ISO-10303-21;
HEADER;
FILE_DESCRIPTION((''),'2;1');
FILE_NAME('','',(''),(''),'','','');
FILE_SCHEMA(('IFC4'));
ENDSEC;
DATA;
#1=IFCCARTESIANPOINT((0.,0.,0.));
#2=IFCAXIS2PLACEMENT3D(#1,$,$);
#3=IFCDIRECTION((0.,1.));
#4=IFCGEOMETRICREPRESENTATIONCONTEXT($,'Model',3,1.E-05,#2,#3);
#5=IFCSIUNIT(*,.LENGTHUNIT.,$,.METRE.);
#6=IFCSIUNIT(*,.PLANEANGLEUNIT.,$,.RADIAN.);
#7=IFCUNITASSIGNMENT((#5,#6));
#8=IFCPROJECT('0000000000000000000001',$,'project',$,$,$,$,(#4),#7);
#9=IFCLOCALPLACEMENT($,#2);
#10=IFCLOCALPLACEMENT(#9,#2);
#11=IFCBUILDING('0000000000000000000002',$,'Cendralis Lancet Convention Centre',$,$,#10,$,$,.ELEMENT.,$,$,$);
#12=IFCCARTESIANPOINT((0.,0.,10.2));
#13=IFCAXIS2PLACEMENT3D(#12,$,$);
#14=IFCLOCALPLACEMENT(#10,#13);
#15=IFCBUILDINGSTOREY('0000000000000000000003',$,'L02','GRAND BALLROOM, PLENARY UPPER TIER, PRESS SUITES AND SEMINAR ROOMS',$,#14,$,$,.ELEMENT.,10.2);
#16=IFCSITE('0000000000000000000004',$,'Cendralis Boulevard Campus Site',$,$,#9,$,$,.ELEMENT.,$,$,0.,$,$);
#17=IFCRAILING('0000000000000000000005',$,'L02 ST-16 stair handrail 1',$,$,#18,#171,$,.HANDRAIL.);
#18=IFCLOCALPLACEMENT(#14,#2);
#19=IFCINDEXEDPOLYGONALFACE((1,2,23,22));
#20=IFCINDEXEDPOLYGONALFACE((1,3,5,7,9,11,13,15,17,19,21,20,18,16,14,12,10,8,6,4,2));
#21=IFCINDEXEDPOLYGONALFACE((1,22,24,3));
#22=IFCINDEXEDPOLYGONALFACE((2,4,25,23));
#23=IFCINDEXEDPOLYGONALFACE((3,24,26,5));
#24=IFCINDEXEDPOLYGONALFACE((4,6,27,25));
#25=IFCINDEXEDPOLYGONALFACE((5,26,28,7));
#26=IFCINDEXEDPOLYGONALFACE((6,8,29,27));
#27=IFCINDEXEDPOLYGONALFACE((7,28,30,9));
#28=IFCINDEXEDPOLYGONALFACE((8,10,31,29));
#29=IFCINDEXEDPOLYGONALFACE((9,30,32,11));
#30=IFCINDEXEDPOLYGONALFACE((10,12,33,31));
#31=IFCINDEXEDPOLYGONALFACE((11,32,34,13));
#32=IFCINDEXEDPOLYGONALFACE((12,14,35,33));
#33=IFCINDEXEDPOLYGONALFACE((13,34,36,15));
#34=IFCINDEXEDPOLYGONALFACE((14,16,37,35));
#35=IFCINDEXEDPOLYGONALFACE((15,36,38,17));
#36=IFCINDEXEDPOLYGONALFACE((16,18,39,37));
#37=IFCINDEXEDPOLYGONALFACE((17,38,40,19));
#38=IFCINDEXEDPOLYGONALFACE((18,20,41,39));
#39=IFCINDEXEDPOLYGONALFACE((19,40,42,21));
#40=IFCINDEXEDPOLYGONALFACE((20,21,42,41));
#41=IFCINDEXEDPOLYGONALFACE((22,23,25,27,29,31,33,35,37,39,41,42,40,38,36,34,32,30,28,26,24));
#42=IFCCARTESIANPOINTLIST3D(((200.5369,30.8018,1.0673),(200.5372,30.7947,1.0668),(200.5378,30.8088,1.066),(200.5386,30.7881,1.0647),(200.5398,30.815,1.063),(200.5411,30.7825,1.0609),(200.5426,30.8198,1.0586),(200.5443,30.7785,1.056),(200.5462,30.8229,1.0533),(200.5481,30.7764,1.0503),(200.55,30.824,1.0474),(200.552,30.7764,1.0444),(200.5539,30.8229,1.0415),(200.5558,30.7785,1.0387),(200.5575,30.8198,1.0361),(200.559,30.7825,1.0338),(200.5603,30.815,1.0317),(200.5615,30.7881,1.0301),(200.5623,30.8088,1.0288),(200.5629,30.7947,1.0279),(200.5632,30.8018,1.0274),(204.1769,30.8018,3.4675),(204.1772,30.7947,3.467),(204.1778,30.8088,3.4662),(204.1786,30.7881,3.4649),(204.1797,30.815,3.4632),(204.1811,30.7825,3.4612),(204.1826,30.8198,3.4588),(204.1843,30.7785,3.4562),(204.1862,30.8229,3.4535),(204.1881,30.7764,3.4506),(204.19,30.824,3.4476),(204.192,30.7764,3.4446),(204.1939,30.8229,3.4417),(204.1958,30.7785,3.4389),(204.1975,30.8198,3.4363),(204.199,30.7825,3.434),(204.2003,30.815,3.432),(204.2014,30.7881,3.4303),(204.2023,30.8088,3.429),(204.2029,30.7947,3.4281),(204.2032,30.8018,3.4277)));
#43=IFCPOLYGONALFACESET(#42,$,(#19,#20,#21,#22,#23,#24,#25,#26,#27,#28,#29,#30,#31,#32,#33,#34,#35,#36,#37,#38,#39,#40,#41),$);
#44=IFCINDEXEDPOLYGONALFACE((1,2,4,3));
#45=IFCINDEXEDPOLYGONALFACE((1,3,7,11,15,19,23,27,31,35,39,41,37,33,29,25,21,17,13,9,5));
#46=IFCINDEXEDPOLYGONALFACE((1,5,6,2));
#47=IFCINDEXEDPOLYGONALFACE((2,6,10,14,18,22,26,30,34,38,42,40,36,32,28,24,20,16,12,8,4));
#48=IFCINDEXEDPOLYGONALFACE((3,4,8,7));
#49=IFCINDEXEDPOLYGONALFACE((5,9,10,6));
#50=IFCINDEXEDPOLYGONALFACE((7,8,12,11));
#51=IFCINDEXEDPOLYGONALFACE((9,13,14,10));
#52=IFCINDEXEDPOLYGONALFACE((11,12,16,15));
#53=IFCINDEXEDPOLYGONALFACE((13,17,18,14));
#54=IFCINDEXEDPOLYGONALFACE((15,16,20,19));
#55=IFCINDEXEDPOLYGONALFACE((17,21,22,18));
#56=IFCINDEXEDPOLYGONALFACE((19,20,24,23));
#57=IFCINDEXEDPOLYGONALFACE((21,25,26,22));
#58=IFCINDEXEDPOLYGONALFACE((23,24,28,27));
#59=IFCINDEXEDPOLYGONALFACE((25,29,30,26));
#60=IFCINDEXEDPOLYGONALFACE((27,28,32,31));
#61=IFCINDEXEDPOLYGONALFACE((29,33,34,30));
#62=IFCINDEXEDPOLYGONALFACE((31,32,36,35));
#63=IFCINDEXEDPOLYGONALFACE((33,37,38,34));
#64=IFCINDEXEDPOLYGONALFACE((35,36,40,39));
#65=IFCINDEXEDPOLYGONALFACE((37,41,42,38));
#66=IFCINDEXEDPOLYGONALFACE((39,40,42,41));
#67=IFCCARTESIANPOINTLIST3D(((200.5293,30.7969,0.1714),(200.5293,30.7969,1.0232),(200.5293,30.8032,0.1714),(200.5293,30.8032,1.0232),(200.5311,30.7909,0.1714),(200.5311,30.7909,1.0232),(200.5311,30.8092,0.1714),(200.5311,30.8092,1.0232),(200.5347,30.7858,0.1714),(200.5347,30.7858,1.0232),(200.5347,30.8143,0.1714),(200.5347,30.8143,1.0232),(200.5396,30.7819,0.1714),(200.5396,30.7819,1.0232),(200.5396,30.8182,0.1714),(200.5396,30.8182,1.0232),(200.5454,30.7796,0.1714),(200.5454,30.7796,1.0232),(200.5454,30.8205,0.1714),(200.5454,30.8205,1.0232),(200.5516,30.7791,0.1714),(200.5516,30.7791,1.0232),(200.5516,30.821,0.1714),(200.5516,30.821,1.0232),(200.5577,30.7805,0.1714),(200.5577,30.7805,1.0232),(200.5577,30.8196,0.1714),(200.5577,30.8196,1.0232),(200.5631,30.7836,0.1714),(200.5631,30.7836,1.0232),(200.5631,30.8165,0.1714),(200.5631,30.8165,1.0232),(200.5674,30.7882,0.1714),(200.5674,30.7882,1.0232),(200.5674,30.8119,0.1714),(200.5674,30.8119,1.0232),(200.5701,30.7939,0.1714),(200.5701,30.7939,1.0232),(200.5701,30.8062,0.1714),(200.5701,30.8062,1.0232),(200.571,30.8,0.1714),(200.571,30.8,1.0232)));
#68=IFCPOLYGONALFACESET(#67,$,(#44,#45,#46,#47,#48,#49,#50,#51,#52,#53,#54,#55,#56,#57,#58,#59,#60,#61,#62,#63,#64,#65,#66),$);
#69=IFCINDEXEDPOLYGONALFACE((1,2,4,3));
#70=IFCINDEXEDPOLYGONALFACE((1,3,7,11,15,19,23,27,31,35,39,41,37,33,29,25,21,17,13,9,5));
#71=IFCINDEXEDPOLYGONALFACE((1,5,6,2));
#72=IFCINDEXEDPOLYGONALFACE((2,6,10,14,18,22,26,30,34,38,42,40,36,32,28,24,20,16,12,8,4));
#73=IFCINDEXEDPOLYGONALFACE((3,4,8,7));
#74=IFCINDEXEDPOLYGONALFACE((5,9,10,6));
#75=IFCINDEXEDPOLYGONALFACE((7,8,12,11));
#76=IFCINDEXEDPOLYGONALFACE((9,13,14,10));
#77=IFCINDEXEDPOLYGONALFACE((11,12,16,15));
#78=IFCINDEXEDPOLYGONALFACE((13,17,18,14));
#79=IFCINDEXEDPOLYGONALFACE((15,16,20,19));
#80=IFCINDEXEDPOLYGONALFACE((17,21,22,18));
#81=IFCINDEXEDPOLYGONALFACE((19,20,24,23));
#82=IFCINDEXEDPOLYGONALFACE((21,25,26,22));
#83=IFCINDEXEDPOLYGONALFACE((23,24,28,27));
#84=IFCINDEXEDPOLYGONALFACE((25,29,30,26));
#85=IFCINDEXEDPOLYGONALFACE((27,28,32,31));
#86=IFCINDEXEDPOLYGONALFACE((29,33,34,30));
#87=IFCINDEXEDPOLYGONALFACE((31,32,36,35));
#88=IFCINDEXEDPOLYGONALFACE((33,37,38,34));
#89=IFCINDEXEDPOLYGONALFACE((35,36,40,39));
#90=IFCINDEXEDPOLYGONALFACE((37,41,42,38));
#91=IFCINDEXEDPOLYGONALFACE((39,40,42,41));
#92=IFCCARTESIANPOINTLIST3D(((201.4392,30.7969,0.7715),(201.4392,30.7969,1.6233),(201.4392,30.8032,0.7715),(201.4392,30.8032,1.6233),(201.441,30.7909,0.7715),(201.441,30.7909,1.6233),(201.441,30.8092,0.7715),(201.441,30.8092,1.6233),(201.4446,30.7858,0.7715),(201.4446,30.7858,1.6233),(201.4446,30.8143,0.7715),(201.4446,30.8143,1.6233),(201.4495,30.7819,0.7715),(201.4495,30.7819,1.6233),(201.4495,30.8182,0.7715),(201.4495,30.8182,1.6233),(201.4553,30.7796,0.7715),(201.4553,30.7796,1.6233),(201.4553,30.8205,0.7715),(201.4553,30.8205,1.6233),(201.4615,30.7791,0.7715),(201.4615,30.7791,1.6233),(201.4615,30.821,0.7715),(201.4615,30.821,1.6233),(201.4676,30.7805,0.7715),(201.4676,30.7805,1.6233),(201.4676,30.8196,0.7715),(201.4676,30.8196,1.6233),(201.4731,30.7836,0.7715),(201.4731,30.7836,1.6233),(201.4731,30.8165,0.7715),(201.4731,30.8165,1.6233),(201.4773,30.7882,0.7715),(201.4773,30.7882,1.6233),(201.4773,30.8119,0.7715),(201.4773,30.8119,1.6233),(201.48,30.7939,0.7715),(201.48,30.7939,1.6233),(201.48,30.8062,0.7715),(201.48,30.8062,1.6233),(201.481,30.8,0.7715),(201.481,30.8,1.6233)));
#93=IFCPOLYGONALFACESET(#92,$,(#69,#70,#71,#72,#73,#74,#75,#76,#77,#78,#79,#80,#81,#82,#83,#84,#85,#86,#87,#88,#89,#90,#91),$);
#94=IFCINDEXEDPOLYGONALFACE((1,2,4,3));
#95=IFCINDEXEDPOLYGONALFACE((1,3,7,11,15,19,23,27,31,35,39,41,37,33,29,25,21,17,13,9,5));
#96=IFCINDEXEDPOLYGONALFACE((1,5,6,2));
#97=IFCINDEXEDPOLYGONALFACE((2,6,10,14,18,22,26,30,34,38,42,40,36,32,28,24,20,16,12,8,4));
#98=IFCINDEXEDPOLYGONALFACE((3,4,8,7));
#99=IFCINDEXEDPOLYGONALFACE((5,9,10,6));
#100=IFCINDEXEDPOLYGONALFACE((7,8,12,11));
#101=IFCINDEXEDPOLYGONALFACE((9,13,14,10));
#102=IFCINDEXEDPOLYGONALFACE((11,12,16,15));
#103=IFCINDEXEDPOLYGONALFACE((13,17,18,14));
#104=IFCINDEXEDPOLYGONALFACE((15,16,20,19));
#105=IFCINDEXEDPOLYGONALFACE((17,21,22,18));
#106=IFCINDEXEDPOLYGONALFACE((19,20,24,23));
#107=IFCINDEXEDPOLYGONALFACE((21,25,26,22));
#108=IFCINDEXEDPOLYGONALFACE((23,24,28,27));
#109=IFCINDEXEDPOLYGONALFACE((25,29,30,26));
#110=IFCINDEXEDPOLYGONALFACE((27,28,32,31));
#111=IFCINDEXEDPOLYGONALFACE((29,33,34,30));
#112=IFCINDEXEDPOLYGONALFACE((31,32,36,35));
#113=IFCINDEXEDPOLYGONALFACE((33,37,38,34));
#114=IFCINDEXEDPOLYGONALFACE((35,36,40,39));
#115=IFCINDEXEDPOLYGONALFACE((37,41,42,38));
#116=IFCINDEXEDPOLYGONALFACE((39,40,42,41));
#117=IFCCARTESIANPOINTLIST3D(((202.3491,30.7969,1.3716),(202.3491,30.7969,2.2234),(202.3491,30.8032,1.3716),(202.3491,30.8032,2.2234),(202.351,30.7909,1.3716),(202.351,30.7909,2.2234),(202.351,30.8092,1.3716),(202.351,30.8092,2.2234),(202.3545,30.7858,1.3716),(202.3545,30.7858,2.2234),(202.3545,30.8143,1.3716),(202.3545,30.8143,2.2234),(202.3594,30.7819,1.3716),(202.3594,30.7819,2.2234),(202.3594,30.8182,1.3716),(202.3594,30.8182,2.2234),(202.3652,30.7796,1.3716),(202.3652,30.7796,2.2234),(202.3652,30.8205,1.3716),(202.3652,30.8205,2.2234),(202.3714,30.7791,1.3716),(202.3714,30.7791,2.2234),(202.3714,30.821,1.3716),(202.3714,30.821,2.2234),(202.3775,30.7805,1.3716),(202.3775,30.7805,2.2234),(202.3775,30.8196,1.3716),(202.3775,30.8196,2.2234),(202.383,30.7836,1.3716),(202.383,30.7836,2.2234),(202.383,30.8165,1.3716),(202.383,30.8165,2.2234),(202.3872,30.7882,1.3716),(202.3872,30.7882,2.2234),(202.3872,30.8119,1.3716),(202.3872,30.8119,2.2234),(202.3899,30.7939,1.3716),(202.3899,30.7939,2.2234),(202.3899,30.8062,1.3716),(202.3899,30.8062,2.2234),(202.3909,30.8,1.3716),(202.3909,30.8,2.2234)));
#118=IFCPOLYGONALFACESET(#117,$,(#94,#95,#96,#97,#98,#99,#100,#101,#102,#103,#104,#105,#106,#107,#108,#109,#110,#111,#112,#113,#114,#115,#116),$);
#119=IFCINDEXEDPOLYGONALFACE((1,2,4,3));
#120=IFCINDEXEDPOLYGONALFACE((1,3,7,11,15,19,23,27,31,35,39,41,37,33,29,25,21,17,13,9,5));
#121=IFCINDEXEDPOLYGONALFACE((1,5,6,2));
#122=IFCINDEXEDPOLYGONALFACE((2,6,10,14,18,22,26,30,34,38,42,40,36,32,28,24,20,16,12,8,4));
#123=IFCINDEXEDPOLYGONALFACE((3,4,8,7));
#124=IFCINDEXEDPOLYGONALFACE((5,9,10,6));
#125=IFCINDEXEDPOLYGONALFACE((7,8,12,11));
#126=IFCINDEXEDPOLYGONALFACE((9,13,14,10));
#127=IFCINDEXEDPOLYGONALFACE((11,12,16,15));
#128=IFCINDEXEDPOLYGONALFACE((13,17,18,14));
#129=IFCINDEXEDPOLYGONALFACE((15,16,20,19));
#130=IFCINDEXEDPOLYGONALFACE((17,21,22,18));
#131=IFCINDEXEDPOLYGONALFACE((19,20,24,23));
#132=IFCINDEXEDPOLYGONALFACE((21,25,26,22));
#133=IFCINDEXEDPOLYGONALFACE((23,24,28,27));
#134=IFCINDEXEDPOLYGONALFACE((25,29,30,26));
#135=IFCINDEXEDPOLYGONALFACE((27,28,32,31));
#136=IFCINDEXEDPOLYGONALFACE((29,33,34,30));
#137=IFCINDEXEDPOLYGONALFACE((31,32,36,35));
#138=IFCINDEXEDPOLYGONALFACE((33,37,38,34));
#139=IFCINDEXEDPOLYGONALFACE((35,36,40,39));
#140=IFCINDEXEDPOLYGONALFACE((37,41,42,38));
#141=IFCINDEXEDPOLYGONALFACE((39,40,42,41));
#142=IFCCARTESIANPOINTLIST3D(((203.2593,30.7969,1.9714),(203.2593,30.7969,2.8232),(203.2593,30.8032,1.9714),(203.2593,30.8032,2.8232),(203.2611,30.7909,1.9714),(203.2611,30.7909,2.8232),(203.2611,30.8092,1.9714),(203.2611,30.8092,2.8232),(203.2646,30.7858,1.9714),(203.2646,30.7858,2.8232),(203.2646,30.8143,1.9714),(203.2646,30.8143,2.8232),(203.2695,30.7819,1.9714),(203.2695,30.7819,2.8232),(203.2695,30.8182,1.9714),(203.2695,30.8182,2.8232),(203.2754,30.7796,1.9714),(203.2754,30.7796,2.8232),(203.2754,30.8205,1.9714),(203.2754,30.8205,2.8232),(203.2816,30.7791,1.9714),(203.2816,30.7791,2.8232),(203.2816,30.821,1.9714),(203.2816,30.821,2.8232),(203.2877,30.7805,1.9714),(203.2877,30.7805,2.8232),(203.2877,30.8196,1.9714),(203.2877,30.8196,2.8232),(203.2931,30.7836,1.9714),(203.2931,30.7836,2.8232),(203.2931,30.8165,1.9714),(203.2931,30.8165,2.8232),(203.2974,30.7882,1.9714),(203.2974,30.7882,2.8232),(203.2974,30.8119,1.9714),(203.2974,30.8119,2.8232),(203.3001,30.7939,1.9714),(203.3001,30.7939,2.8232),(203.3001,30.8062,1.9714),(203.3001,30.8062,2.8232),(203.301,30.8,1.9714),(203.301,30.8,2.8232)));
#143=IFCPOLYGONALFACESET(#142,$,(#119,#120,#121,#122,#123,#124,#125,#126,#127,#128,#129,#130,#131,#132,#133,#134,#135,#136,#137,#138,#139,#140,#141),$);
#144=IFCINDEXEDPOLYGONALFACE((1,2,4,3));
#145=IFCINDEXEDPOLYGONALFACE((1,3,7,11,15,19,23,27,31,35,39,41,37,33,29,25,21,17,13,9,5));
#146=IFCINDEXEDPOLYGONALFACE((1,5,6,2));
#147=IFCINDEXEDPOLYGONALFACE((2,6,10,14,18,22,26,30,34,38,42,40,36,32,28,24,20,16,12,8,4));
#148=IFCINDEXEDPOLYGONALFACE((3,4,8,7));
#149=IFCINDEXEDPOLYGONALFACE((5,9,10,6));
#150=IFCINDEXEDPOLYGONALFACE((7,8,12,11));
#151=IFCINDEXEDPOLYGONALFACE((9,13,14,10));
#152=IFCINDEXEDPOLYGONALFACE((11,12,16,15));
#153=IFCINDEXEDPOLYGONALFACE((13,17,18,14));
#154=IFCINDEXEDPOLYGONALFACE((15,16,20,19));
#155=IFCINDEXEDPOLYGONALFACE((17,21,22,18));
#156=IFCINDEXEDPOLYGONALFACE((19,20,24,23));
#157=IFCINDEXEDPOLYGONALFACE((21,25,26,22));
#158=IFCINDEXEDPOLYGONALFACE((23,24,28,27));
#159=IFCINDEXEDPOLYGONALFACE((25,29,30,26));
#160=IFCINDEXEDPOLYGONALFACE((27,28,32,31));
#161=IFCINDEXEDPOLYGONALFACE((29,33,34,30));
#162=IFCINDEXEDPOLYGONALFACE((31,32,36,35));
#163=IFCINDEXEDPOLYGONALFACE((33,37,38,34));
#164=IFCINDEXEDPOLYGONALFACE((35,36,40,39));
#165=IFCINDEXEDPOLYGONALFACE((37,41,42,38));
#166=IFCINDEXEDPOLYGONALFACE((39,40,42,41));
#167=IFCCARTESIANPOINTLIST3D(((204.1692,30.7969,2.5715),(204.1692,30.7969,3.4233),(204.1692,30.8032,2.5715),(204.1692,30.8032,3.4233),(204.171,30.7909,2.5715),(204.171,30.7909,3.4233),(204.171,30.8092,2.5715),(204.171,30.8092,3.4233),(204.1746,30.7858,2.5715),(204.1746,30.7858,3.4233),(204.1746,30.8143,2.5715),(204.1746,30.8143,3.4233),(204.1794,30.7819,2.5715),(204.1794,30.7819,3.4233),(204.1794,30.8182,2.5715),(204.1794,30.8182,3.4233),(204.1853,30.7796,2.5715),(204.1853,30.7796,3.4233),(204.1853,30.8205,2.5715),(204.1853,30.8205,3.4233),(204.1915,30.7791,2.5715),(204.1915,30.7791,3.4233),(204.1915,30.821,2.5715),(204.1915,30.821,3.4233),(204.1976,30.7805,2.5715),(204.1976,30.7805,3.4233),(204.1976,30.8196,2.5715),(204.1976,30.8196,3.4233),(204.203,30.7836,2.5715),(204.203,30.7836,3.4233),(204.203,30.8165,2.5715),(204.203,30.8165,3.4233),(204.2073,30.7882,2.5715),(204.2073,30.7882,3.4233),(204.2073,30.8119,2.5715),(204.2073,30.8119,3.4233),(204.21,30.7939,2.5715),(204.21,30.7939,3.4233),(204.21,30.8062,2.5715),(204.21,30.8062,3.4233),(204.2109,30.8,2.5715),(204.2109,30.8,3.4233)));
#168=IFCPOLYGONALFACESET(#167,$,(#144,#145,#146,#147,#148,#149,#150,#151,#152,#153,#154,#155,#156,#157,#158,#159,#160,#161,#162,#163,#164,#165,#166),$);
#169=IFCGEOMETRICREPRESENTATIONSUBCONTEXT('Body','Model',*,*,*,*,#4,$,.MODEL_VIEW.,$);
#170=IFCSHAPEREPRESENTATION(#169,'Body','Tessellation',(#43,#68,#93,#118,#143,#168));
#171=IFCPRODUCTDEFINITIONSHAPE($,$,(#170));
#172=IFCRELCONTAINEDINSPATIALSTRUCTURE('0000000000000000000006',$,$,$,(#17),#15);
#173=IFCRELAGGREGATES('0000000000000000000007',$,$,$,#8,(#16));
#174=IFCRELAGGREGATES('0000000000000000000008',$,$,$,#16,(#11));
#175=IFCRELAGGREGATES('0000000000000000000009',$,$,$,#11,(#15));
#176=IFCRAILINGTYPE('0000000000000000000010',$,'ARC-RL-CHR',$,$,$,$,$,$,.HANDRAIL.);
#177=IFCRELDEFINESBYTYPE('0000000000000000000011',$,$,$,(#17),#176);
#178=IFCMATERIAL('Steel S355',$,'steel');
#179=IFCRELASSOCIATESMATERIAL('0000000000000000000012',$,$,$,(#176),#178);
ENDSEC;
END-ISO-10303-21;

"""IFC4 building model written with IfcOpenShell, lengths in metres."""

from ifc_helpers import new_model, si_unit, direction, frame, origin, origin_2d, place, context, subcontext, project, spatial, circle, extrude, material, type_object, element, save


model = new_model("IFC4")

# Units and contexts
model_context = context("Model", 3, precision=1e-05, world=origin(), true_north=direction((0.0, 1.0)))
body_context = subcontext(model_context, "Body", "Model", "MODEL_VIEW")
ifc_project = project(units=[si_unit("LENGTHUNIT", "METRE"), si_unit("PLANEANGLEUNIT", "RADIAN")], contexts=[model_context])

# Site, building, storey
site_placement = place(None, origin())
site = spatial("IfcSite", under=ifc_project, at=site_placement, Name="Cendralis Boulevard Campus Site", CompositionType="ELEMENT", RefElevation=0.0)
building_placement = place(site_placement, origin())
building = spatial("IfcBuilding", under=site, at=building_placement, Name="Cendralis Lancet Convention Centre", CompositionType="ELEMENT")
storey_placement = place(building_placement, frame((0.0, 0.0, 10.2)))
storey = spatial("IfcBuildingStorey", under=building, at=storey_placement, Name="L02", Description="GRAND BALLROOM, PLENARY UPPER TIER, PRESS SUITES AND SEMINAR ROOMS", CompositionType="ELEMENT", Elevation=10.2)

# Shared definitions
ifc_material_1 = material(Name="Steel S355", Category="steel")

# Railing
railing_type_1 = type_object("IfcRailingType", Name="ARC-RL-CHR", PredefinedType="HANDRAIL", material=ifc_material_1)
railing_1_placement = place(storey_placement, frame((200.55, 30.8, 0.1714)))
element("IfcRailing", 1, at=railing_1_placement, inside=storey, type_object=railing_type_1, Name="L02 ST-16 stair handrail 1", PredefinedType="HANDRAIL", context=body_context, shape_type="SweptSolid", body=[
    extrude(circle(Radius=0.0239, at=origin_2d()), frame((0.0, 0.0, 0.876), z_axis=(0.834839, 0.0, 0.550493), x_axis=(0.0, 1.0, 0.0)), (0.0, 0.0, 1.0), 4.3601),
    extrude(circle(Radius=0.021, at=origin_2d()), origin(), (0.0, 0.0, 1.0), 0.8518),
    extrude(circle(Radius=0.021, at=origin_2d()), frame((0.9099, 0.0, 0.6001)), (0.0, 0.0, 1.0), 0.8518),
    extrude(circle(Radius=0.021, at=origin_2d()), frame((1.8198, 0.0, 1.2002)), (0.0, 0.0, 1.0), 0.8518),
    extrude(circle(Radius=0.021, at=origin_2d()), frame((2.73, 0.0, 1.8)), (0.0, 0.0, 1.0), 0.8518),
    extrude(circle(Radius=0.021, at=origin_2d()), frame((3.6399, 0.0, 2.4001)), (0.0, 0.0, 1.0), 0.8518),
])

save(model, "model.ifc")
